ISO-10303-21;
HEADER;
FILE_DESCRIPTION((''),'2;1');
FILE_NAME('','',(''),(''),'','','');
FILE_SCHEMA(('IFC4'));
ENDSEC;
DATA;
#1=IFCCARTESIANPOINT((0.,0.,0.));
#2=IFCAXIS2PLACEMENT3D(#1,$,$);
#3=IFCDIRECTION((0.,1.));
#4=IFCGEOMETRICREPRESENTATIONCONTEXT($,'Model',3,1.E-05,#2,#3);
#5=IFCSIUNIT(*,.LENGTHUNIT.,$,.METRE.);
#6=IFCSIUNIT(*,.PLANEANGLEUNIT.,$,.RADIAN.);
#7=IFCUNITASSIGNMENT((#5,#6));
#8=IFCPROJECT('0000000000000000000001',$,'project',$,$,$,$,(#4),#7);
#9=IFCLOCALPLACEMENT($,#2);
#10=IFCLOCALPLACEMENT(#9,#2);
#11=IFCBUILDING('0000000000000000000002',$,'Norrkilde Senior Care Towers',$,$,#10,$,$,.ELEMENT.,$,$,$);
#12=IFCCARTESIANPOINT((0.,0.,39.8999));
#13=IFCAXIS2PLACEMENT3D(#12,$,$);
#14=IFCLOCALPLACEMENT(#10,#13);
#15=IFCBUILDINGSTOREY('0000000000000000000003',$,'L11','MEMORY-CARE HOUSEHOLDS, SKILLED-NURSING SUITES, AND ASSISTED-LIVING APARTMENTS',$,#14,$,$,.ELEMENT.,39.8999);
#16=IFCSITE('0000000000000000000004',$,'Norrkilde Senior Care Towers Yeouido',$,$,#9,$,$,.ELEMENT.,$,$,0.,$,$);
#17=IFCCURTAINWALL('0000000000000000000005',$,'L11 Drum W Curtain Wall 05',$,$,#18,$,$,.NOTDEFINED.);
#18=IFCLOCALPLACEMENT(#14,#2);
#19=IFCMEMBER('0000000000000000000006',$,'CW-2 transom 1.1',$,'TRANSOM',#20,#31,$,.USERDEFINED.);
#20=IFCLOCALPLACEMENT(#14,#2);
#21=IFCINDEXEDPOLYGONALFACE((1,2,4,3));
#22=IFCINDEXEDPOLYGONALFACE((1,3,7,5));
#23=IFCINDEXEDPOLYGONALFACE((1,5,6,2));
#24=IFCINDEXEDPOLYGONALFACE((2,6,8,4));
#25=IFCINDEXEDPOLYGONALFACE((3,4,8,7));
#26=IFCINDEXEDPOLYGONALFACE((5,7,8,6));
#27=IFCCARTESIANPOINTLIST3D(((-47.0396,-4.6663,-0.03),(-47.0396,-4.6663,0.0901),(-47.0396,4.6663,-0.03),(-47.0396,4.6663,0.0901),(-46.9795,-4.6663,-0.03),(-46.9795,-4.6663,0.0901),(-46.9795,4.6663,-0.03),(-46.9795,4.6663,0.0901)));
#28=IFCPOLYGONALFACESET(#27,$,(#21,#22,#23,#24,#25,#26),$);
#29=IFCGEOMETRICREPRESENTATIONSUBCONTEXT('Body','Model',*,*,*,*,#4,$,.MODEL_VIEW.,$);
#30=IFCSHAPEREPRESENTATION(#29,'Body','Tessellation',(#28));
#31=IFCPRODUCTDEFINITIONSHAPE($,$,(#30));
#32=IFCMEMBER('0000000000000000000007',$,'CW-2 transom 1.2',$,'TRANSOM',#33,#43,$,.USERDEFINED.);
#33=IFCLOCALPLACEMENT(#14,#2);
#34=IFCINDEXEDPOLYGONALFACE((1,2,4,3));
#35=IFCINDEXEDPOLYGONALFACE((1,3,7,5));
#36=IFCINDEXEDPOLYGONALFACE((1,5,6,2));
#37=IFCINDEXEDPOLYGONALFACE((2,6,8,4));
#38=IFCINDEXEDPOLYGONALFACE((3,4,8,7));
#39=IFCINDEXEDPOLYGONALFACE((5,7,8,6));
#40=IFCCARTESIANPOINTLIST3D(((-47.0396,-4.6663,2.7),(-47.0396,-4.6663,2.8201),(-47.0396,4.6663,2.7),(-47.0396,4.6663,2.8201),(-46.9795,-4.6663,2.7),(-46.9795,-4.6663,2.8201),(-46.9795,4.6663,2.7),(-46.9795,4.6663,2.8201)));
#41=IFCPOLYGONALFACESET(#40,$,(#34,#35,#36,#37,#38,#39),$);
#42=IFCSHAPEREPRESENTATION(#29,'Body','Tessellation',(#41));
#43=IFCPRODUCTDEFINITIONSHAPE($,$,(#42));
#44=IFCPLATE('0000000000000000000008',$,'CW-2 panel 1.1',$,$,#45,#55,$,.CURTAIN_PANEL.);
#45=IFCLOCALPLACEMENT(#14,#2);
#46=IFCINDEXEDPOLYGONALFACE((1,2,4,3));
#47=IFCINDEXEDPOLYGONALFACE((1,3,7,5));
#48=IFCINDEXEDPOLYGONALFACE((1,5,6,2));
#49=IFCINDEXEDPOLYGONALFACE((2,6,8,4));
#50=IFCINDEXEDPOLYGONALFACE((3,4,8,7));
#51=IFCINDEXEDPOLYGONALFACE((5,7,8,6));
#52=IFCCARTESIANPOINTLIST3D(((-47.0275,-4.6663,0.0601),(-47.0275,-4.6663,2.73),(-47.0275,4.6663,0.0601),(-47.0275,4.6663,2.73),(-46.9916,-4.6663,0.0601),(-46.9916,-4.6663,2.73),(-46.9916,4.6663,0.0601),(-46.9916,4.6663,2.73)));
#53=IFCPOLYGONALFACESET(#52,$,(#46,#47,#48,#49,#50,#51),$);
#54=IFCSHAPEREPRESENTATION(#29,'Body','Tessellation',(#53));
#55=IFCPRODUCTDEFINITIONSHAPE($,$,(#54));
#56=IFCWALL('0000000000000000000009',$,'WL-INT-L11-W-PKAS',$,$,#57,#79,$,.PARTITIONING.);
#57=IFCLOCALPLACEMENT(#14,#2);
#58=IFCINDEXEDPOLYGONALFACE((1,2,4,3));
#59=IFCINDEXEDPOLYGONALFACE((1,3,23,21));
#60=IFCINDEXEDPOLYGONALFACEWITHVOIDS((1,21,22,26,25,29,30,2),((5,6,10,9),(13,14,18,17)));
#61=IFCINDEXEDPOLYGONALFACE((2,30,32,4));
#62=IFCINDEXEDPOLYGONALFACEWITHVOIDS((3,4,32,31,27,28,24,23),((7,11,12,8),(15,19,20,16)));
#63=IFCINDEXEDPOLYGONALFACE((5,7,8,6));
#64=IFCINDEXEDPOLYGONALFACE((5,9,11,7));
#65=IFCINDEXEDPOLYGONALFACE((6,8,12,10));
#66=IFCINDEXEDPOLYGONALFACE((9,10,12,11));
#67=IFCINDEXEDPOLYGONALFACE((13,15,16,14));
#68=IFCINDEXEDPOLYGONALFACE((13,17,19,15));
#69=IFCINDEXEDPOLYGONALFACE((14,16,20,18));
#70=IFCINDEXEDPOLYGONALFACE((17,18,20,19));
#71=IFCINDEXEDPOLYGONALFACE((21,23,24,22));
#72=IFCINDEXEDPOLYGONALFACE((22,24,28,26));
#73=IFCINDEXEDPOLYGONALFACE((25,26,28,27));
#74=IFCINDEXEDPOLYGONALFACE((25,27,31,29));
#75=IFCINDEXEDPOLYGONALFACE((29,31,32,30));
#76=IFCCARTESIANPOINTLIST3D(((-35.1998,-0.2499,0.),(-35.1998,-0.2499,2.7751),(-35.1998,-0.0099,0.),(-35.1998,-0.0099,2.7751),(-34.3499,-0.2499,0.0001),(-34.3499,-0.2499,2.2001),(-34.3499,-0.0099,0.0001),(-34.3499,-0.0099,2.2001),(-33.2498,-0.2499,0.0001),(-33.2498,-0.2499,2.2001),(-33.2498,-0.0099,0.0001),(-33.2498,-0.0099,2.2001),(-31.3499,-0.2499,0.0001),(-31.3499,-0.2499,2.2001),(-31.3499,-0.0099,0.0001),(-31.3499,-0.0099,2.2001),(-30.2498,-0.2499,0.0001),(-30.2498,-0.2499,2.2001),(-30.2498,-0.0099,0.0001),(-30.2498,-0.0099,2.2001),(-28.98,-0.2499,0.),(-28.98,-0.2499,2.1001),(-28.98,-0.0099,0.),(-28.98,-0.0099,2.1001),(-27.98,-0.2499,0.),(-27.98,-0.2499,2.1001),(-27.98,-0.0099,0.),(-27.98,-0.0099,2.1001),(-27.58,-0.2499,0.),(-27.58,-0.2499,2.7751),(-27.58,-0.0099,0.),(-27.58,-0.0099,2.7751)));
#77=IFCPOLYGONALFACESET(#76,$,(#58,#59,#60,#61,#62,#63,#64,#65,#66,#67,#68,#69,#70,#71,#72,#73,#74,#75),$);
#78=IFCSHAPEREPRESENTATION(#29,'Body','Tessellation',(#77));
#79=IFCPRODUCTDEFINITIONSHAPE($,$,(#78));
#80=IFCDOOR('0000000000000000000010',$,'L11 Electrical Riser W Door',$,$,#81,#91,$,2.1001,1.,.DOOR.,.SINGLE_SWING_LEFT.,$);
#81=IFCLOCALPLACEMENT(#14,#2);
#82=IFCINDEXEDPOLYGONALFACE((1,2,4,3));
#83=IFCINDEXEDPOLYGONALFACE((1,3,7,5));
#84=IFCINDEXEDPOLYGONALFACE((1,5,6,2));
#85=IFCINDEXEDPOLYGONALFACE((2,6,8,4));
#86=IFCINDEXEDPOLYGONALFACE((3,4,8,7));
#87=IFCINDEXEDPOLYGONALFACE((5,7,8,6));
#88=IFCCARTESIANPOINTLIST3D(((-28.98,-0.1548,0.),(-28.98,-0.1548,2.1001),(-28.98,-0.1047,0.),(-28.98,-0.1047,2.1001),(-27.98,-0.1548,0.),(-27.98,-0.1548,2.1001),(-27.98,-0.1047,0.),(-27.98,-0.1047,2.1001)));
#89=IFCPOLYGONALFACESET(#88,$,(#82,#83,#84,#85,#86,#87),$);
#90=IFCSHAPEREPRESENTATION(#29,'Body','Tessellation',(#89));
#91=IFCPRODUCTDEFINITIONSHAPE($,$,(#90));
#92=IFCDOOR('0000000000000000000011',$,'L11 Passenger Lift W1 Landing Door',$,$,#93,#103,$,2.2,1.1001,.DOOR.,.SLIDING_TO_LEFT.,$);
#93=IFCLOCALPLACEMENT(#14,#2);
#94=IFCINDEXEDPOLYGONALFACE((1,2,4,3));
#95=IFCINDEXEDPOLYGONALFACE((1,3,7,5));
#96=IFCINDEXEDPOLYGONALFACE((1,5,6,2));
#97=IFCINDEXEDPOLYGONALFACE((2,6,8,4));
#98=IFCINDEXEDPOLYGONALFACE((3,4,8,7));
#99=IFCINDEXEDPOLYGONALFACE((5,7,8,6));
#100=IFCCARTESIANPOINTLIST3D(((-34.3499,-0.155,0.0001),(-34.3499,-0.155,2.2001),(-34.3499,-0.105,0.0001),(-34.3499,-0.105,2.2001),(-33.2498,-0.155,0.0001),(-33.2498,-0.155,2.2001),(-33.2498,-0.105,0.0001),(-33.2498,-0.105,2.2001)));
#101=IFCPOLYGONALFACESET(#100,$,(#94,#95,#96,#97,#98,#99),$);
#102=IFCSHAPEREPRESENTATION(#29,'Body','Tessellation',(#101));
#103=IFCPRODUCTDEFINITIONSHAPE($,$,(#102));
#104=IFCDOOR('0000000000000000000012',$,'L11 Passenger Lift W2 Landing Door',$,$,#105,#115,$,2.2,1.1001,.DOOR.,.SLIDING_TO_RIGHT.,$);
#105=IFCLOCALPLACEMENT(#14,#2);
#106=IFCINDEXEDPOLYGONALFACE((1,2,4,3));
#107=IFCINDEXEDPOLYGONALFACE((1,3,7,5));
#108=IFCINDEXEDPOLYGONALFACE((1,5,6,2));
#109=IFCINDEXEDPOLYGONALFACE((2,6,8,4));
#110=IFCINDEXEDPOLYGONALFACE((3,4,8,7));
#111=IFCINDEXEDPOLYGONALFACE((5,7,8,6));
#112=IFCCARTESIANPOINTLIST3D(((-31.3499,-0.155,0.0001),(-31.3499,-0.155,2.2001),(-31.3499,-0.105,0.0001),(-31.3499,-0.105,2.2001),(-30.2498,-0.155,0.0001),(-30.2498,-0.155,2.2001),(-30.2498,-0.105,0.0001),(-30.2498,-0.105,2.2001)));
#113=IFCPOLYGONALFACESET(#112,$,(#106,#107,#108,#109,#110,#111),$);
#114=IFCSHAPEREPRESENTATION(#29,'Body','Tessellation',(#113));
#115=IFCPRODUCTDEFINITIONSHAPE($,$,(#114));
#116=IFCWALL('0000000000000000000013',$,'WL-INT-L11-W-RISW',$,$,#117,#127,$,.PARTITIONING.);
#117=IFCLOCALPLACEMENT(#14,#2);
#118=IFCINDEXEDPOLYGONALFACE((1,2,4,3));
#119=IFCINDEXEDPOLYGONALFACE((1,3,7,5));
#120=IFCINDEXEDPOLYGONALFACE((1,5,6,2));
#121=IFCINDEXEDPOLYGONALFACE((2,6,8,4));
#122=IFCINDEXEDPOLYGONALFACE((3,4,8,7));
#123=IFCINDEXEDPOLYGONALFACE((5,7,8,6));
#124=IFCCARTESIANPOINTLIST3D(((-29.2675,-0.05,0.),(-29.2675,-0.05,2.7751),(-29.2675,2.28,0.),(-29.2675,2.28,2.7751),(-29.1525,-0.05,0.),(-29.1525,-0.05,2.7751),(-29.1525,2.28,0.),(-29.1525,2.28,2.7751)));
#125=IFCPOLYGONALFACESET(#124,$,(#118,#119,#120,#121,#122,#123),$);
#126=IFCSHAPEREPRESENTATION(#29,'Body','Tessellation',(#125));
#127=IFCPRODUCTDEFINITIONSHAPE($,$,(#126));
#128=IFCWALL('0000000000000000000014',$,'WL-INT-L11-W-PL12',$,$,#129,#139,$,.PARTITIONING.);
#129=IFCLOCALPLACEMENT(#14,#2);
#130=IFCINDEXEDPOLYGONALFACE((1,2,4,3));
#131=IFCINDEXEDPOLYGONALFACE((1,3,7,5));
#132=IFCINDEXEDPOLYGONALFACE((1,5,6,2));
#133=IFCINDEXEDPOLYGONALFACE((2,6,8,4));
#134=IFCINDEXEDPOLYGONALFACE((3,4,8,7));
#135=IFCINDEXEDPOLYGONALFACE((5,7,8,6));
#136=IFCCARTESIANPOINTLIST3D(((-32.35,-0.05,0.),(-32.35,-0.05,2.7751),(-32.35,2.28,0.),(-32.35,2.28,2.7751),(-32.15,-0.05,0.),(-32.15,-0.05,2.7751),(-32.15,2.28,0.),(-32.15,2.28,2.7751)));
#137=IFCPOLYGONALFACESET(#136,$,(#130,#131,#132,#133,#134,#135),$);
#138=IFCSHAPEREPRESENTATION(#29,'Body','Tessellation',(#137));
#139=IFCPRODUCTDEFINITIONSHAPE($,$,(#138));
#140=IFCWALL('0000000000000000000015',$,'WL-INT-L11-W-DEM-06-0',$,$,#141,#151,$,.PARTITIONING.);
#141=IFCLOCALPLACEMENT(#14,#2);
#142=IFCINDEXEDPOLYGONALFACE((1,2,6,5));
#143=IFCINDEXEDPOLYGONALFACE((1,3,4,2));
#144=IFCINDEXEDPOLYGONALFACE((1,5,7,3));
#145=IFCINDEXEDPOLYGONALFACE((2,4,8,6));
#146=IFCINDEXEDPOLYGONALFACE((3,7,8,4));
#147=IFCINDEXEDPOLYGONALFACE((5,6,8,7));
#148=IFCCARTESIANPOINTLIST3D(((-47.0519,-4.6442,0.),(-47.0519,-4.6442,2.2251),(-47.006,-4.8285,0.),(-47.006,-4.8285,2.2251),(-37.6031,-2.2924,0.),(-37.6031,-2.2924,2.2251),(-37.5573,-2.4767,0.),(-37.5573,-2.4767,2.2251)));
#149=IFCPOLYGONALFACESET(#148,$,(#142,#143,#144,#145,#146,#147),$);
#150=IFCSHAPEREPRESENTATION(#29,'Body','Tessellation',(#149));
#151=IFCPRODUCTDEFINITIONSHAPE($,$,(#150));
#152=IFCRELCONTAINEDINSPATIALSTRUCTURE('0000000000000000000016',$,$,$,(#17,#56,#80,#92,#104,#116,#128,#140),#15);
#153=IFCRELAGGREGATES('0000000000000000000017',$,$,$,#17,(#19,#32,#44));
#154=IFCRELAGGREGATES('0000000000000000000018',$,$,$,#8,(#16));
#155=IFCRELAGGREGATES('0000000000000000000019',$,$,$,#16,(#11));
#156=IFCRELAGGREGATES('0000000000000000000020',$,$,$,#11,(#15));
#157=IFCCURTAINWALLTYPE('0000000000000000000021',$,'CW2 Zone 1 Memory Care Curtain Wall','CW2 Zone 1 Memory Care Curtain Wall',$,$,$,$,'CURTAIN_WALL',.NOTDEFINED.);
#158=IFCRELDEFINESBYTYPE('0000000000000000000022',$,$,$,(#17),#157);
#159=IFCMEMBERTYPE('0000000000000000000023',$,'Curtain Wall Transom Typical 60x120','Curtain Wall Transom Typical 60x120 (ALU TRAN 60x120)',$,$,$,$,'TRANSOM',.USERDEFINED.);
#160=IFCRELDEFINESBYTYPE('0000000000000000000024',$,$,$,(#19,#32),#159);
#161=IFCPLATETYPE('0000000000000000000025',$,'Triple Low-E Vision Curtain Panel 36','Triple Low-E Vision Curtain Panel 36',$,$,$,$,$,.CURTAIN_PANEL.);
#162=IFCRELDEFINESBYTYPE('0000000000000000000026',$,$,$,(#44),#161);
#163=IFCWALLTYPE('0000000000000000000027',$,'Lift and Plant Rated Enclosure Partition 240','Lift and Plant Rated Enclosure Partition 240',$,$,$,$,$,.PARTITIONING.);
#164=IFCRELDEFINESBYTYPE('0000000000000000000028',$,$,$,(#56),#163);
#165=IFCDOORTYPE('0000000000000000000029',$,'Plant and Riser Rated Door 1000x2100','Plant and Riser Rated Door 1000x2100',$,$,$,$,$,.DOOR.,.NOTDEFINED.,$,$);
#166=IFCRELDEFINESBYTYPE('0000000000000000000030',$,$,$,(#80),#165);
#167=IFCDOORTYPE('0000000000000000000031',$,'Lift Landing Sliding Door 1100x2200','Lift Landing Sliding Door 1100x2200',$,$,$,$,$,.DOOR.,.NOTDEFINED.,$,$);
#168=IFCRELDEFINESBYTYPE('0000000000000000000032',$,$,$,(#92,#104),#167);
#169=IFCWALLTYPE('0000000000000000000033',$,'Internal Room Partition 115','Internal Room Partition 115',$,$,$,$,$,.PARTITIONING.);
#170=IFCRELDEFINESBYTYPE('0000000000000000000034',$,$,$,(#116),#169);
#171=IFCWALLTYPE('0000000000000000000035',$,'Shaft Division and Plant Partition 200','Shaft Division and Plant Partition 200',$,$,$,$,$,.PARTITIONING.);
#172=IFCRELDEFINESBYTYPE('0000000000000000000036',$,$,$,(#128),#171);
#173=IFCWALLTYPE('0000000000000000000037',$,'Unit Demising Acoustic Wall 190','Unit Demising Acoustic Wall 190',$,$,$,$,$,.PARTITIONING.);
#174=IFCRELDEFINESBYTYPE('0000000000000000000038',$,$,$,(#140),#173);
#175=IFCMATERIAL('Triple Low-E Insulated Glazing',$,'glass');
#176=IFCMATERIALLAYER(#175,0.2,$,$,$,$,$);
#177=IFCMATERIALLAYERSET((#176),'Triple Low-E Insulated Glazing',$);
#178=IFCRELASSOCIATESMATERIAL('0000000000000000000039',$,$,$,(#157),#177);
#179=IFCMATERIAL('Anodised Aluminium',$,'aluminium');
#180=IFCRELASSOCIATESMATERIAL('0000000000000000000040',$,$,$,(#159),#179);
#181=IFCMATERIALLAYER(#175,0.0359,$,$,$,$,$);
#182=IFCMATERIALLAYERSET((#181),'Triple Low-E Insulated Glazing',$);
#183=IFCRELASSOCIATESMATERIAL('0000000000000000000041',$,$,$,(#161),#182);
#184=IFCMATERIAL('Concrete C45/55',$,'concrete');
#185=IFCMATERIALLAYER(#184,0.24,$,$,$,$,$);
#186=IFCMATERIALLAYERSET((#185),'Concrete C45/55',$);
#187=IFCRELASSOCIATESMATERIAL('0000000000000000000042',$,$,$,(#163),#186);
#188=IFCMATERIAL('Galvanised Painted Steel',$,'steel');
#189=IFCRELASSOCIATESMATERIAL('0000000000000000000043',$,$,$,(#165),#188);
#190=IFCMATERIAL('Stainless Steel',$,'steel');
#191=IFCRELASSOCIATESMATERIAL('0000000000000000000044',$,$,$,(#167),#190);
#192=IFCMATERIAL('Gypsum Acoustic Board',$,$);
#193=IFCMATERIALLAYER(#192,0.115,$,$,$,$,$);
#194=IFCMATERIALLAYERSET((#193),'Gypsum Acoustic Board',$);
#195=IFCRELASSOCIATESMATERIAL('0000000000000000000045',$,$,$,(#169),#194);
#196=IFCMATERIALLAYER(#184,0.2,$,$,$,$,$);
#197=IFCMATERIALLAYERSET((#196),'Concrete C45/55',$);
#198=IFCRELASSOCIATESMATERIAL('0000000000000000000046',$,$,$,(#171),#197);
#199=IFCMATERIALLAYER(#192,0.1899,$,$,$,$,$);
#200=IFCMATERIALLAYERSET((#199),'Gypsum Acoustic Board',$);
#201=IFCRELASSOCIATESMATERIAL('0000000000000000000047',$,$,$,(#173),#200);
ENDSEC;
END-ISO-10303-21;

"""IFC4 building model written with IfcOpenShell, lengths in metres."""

from ifc_helpers import new_model, si_unit, direction, frame, frame_2d, origin, origin_2d, place, context, subcontext, project, spatial, rectangle, extrude, source, transform, mapped, material, layer, layer_set, material_profile, profile_set, type_object, type_shapes, element, fill, aggregate, save


model = new_model("IFC4")

# Units and contexts
model_context = context("Model", 3, precision=1e-05, world=origin(), true_north=direction((0.0, 1.0)))
body_context = subcontext(model_context, "Body", "Model", "MODEL_VIEW")
ifc_project = project(units=[si_unit("LENGTHUNIT", "METRE"), si_unit("PLANEANGLEUNIT", "RADIAN")], contexts=[model_context])

# Site, building, storey
site_placement = place(None, origin())
site = spatial("IfcSite", under=ifc_project, at=site_placement, Name="Norrkilde Senior Care Towers Yeouido", CompositionType="ELEMENT", RefElevation=0.0)
building_placement = place(site_placement, origin())
building = spatial("IfcBuilding", under=site, at=building_placement, Name="Norrkilde Senior Care Towers", CompositionType="ELEMENT")
storey_placement = place(building_placement, frame((0.0, 0.0, 39.8999)))
storey = spatial("IfcBuildingStorey", under=building, at=storey_placement, Name="L11", Description="MEMORY-CARE HOUSEHOLDS, SKILLED-NURSING SUITES, AND ASSISTED-LIVING APARTMENTS", CompositionType="ELEMENT", Elevation=39.8999)

# Curtain wall
ifc_material_1 = material(Name="Triple Low-E Insulated Glazing", Category="glass")
ifc_layer_1 = layer(ifc_material_1, 0.2)
ifc_layer_set_1 = layer_set([ifc_layer_1], Name="Triple Low-E Insulated Glazing")
curtain_wall_type = type_object("IfcCurtainWallType", Name="CW2 Zone 1 Memory Care Curtain Wall", Description="CW2 Zone 1 Memory Care Curtain Wall", ElementType="CURTAIN_WALL", PredefinedType="NOTDEFINED", material=ifc_layer_set_1)
curtain_wall_1_placement = place(storey_placement, origin())
curtain_wall_1 = element("IfcCurtainWall", 1, at=curtain_wall_1_placement, inside=storey, type_object=curtain_wall_type, Name="L11 Drum W Curtain Wall 05", PredefinedType="NOTDEFINED")
ifc_material_2 = material(Name="Anodised Aluminium", Category="aluminium")

# Members
ifc_material_profile_1 = material_profile(ifc_material_2, rectangle(XDim=0.0601, YDim=0.1201, at=origin_2d()), Name="ALU TRAN 60x120")
ifc_profile_set_1 = profile_set([ifc_material_profile_1], Name="Anodised Aluminium")
member_type_1 = type_object("IfcMemberType", Name="Curtain Wall Transom Typical 60x120", Description="Curtain Wall Transom Typical 60x120 (ALU TRAN 60x120)", ElementType="TRANSOM", PredefinedType="USERDEFINED", material=ifc_profile_set_1)
shared_shape_1 = source(origin(), body_context, "Body", "SweptSolid", [
    extrude(rectangle(XDim=0.0601, YDim=0.1201, at=origin_2d()), origin(), (0.0, 0.0, 1.0), 9.3325),
])
type_shapes(member_type_1, [shared_shape_1])
member_1_placement = place(storey_placement, frame((-47.0095, -4.6663, 0.03), z_axis=(0.0, 1.0, 0.0), x_axis=(-1.0, 0.0, 0.0)))
member_1 = element("IfcMember", 2, at=member_1_placement, type_object=member_type_1, Name="CW-2 transom 1.1", ObjectType="TRANSOM", PredefinedType="USERDEFINED", context=body_context, shape_type="MappedRepresentation", body=[
    mapped(shared_shape_1, transform((0.0, 0.0, 0.0), x_axis=(1.0, 0.0, 0.0), y_axis=(0.0, 1.0, 0.0), z_axis=(0.0, 0.0, 1.0), scale=1.0)),
])
member_2_placement = place(storey_placement, frame((-47.0095, -4.6663, 2.76), z_axis=(0.0, 1.0, 0.0), x_axis=(-1.0, 0.0, 0.0)))
member_2 = element("IfcMember", 3, at=member_2_placement, type_object=member_type_1, Name="CW-2 transom 1.2", ObjectType="TRANSOM", PredefinedType="USERDEFINED", context=body_context, shape_type="MappedRepresentation", body=[
    mapped(shared_shape_1, transform((0.0, 0.0, 0.0), x_axis=(1.0, 0.0, 0.0), y_axis=(0.0, 1.0, 0.0), z_axis=(0.0, 0.0, 1.0), scale=1.0)),
])

# Plate
ifc_layer_2 = layer(ifc_material_1, 0.0359)
ifc_layer_set_2 = layer_set([ifc_layer_2], Name="Triple Low-E Insulated Glazing")
plate_type = type_object("IfcPlateType", Name="Triple Low-E Vision Curtain Panel 36", Description="Triple Low-E Vision Curtain Panel 36", PredefinedType="CURTAIN_PANEL", material=ifc_layer_set_2)
shared_shape_2 = source(origin(), body_context, "Body", "SweptSolid", [
    extrude(rectangle(XDim=9.3325, YDim=0.0359, at=origin_2d()), origin(), (0.0, 0.0, 1.0), 2.6699),
])
type_shapes(plate_type, [shared_shape_2])
plate_placement = place(storey_placement, frame((-47.0095, 0.0, 0.0601), z_axis=(0.0, 0.0, 1.0), x_axis=(0.0, 1.0, 0.0)))
plate = element("IfcPlate", 4, at=plate_placement, type_object=plate_type, Name="CW-2 panel 1.1", PredefinedType="CURTAIN_PANEL", context=body_context, shape_type="MappedRepresentation", body=[
    mapped(shared_shape_2, transform((0.0, 0.0, 0.0), x_axis=(1.0, 0.0, 0.0), y_axis=(0.0, 1.0, 0.0), z_axis=(0.0, 0.0, 1.0), scale=1.0)),
])
aggregate(curtain_wall_1, [member_1, member_2, plate])

# Shared definitions
ifc_material_3 = material(Name="Concrete C45/55", Category="concrete")
ifc_material_4 = material(Name="Galvanised Painted Steel", Category="steel")

# Wall, openings, doors
ifc_layer_3 = layer(ifc_material_3, 0.24)
ifc_layer_set_3 = layer_set([ifc_layer_3], Name="Concrete C45/55")
wall_type_1 = type_object("IfcWallType", Name="Lift and Plant Rated Enclosure Partition 240", Description="Lift and Plant Rated Enclosure Partition 240", PredefinedType="PARTITIONING", material=ifc_layer_set_3)
shared_shape_3 = source(origin(), body_context, "Body", "SweptSolid", [
    extrude(rectangle(XDim=7.6199, YDim=0.24, at=frame_2d((3.8101, 0.0))), origin(), (0.0, 0.0, 1.0), 2.7751),
])
type_shapes(wall_type_1, [shared_shape_3])
wall_1_placement = place(storey_placement, frame((-35.2, -0.1299, 0.0), z_axis=(0.0, 0.0, 1.0), x_axis=(1.0, 0.0, 0.0)))
wall_1 = element("IfcWall", 5, at=wall_1_placement, inside=storey, type_object=wall_type_1, Name="WL-INT-L11-W-PKAS", PredefinedType="PARTITIONING", context=body_context, shape_type="MappedRepresentation", body=[
    mapped(shared_shape_3, transform((0.0, 0.0, 0.0), x_axis=(1.0, 0.0, 0.0), y_axis=(0.0, 1.0, 0.0), z_axis=(0.0, 0.0, 1.0), scale=1.0)),
])
opening_1_placement = place(wall_1_placement, frame((6.22, 0.0, 0.0)))
opening_1 = element("IfcOpeningElement", 6, at=opening_1_placement, cuts=wall_1, PredefinedType="OPENING", context=body_context, shape_type="SweptSolid", body=[
    extrude(rectangle(XDim=1.0, YDim=2.1001, at=frame_2d((0.5, 1.05))), frame((0.0, 0.1299, 0.0), z_axis=(0.0, -1.0, 0.0), x_axis=(1.0, 0.0, 0.0)), (0.0, 0.0, 1.0), 0.26),
])
opening_2_placement = place(wall_1_placement, frame((0.8501, 0.0, 0.0)))
opening_2 = element("IfcOpeningElement", 7, at=opening_2_placement, cuts=wall_1, PredefinedType="OPENING", context=body_context, shape_type="SweptSolid", body=[
    extrude(rectangle(XDim=1.1001, YDim=2.2, at=frame_2d((0.55, 1.1001))), frame((0.0, 0.1299, 0.0), z_axis=(0.0, -1.0, 0.0), x_axis=(1.0, 0.0, 0.0)), (0.0, 0.0, 1.0), 0.26),
])
opening_3_placement = place(wall_1_placement, frame((3.8501, 0.0, 0.0)))
opening_3 = element("IfcOpeningElement", 8, at=opening_3_placement, cuts=wall_1, PredefinedType="OPENING", context=body_context, shape_type="SweptSolid", body=[
    extrude(rectangle(XDim=1.1001, YDim=2.2, at=frame_2d((0.55, 1.1001))), frame((0.0, 0.1299, 0.0), z_axis=(0.0, -1.0, 0.0), x_axis=(1.0, 0.0, 0.0)), (0.0, 0.0, 1.0), 0.26),
])
door_type_1 = type_object("IfcDoorType", Name="Plant and Riser Rated Door 1000x2100", Description="Plant and Riser Rated Door 1000x2100", OperationType="NOTDEFINED", PredefinedType="DOOR", material=ifc_material_4)
shared_shape_4 = source(origin(), body_context, "Body", "SweptSolid", [
    extrude(rectangle(XDim=1.0, YDim=2.1001, at=frame_2d((0.5, 1.05))), frame((0.0, 0.0249, 0.0), z_axis=(0.0, -1.0, 0.0), x_axis=(1.0, 0.0, 0.0)), (0.0, 0.0, 1.0), 0.05),
])
type_shapes(door_type_1, [shared_shape_4])
door_1_placement = place(opening_1_placement, frame((1.0, 0.0, 0.0), z_axis=(0.0, 0.0, 1.0), x_axis=(-1.0, 0.0, 0.0)))
door_1 = element("IfcDoor", 9, at=door_1_placement, inside=storey, type_object=door_type_1, Name="L11 Electrical Riser W Door", OperationType="SINGLE_SWING_LEFT", OverallHeight=2.1001, OverallWidth=1.0, PredefinedType="DOOR", context=body_context, shape_type="MappedRepresentation", body=[
    mapped(shared_shape_4, transform((0.0, 0.0, 0.0), x_axis=(1.0, 0.0, 0.0), y_axis=(0.0, 1.0, 0.0), z_axis=(0.0, 0.0, 1.0), scale=1.0)),
])
fill(opening_1, door_1)
ifc_material_5 = material(Name="Stainless Steel", Category="steel")
door_type_2 = type_object("IfcDoorType", Name="Lift Landing Sliding Door 1100x2200", Description="Lift Landing Sliding Door 1100x2200", OperationType="NOTDEFINED", PredefinedType="DOOR", material=ifc_material_5)
shared_shape_5 = source(origin(), body_context, "Body", "SweptSolid", [
    extrude(rectangle(XDim=1.1001, YDim=2.2, at=frame_2d((0.55, 1.1001))), frame((0.0, 0.0249, 0.0), z_axis=(0.0, -1.0, 0.0), x_axis=(1.0, 0.0, 0.0)), (0.0, 0.0, 1.0), 0.05),
])
type_shapes(door_type_2, [shared_shape_5])
door_2_placement = place(opening_2_placement, origin())
door_2 = element("IfcDoor", 10, at=door_2_placement, inside=storey, type_object=door_type_2, Name="L11 Passenger Lift W1 Landing Door", OperationType="SLIDING_TO_LEFT", OverallHeight=2.2, OverallWidth=1.1001, PredefinedType="DOOR", context=body_context, shape_type="MappedRepresentation", body=[
    mapped(shared_shape_5, transform((0.0, 0.0, 0.0), x_axis=(1.0, 0.0, 0.0), y_axis=(0.0, 1.0, 0.0), z_axis=(0.0, 0.0, 1.0), scale=1.0)),
])
fill(opening_2, door_2)
door_3_placement = place(opening_3_placement, origin())
door_3 = element("IfcDoor", 11, at=door_3_placement, inside=storey, type_object=door_type_2, Name="L11 Passenger Lift W2 Landing Door", OperationType="SLIDING_TO_RIGHT", OverallHeight=2.2, OverallWidth=1.1001, PredefinedType="DOOR", context=body_context, shape_type="MappedRepresentation", body=[
    mapped(shared_shape_5, transform((0.0, 0.0, 0.0), x_axis=(1.0, 0.0, 0.0), y_axis=(0.0, 1.0, 0.0), z_axis=(0.0, 0.0, 1.0), scale=1.0)),
])
fill(opening_3, door_3)

# Walls
ifc_material_6 = material(Name="Gypsum Acoustic Board")
ifc_layer_4 = layer(ifc_material_6, 0.115)
ifc_layer_set_4 = layer_set([ifc_layer_4], Name="Gypsum Acoustic Board")
wall_type_2 = type_object("IfcWallType", Name="Internal Room Partition 115", Description="Internal Room Partition 115", PredefinedType="PARTITIONING", material=ifc_layer_set_4)
shared_shape_6 = source(origin(), body_context, "Body", "SweptSolid", [
    extrude(rectangle(XDim=2.3301, YDim=0.115, at=frame_2d((1.165, 0.0))), origin(), (0.0, 0.0, 1.0), 2.7751),
])
type_shapes(wall_type_2, [shared_shape_6])
wall_2_placement = place(storey_placement, frame((-29.21, -0.05, 0.0), z_axis=(0.0, 0.0, 1.0), x_axis=(0.0, 1.0, 0.0)))
element("IfcWall", 12, at=wall_2_placement, inside=storey, type_object=wall_type_2, Name="WL-INT-L11-W-RISW", PredefinedType="PARTITIONING", context=body_context, shape_type="MappedRepresentation", body=[
    mapped(shared_shape_6, transform((0.0, 0.0, 0.0), x_axis=(1.0, 0.0, 0.0), y_axis=(0.0, 1.0, 0.0), z_axis=(0.0, 0.0, 1.0), scale=1.0)),
])
ifc_layer_5 = layer(ifc_material_3, 0.2)
ifc_layer_set_5 = layer_set([ifc_layer_5], Name="Concrete C45/55")
wall_type_3 = type_object("IfcWallType", Name="Shaft Division and Plant Partition 200", Description="Shaft Division and Plant Partition 200", PredefinedType="PARTITIONING", material=ifc_layer_set_5)
shared_shape_7 = source(origin(), body_context, "Body", "SweptSolid", [
    extrude(rectangle(XDim=2.3301, YDim=0.2, at=frame_2d((1.165, 0.0))), origin(), (0.0, 0.0, 1.0), 2.7751),
])
type_shapes(wall_type_3, [shared_shape_7])
wall_3_placement = place(storey_placement, frame((-32.25, -0.05, 0.0), z_axis=(0.0, 0.0, 1.0), x_axis=(0.0, 1.0, 0.0)))
element("IfcWall", 13, at=wall_3_placement, inside=storey, type_object=wall_type_3, Name="WL-INT-L11-W-PL12", PredefinedType="PARTITIONING", context=body_context, shape_type="MappedRepresentation", body=[
    mapped(shared_shape_7, transform((0.0, 0.0, 0.0), x_axis=(1.0, 0.0, 0.0), y_axis=(0.0, 1.0, 0.0), z_axis=(0.0, 0.0, 1.0), scale=1.0)),
])
ifc_layer_6 = layer(ifc_material_6, 0.1899)
ifc_layer_set_6 = layer_set([ifc_layer_6], Name="Gypsum Acoustic Board")
wall_type_4 = type_object("IfcWallType", Name="Unit Demising Acoustic Wall 190", Description="Unit Demising Acoustic Wall 190", PredefinedType="PARTITIONING", material=ifc_layer_set_6)
shared_shape_8 = source(origin(), body_context, "Body", "SweptSolid", [
    extrude(rectangle(XDim=9.7371, YDim=0.1899, at=frame_2d((4.8687, 0.0))), origin(), (0.0, 0.0, 1.0), 2.2251),
])
wall_4_placement = place(storey_placement, frame((-37.5801, -2.3845, 0.0), z_axis=(0.0, 0.0, 1.0), x_axis=(-0.970393, -0.241533, 0.0)))
element("IfcWall", 14, at=wall_4_placement, inside=storey, type_object=wall_type_4, Name="WL-INT-L11-W-DEM-06-0", PredefinedType="PARTITIONING", context=body_context, shape_type="MappedRepresentation", body=[
    mapped(shared_shape_8, transform((0.0, 0.0, 0.0), x_axis=(1.0, 0.0, 0.0), y_axis=(0.0, 1.0, 0.0), z_axis=(0.0, 0.0, 1.0), scale=1.0)),
])

save(model, "model.ifc")
